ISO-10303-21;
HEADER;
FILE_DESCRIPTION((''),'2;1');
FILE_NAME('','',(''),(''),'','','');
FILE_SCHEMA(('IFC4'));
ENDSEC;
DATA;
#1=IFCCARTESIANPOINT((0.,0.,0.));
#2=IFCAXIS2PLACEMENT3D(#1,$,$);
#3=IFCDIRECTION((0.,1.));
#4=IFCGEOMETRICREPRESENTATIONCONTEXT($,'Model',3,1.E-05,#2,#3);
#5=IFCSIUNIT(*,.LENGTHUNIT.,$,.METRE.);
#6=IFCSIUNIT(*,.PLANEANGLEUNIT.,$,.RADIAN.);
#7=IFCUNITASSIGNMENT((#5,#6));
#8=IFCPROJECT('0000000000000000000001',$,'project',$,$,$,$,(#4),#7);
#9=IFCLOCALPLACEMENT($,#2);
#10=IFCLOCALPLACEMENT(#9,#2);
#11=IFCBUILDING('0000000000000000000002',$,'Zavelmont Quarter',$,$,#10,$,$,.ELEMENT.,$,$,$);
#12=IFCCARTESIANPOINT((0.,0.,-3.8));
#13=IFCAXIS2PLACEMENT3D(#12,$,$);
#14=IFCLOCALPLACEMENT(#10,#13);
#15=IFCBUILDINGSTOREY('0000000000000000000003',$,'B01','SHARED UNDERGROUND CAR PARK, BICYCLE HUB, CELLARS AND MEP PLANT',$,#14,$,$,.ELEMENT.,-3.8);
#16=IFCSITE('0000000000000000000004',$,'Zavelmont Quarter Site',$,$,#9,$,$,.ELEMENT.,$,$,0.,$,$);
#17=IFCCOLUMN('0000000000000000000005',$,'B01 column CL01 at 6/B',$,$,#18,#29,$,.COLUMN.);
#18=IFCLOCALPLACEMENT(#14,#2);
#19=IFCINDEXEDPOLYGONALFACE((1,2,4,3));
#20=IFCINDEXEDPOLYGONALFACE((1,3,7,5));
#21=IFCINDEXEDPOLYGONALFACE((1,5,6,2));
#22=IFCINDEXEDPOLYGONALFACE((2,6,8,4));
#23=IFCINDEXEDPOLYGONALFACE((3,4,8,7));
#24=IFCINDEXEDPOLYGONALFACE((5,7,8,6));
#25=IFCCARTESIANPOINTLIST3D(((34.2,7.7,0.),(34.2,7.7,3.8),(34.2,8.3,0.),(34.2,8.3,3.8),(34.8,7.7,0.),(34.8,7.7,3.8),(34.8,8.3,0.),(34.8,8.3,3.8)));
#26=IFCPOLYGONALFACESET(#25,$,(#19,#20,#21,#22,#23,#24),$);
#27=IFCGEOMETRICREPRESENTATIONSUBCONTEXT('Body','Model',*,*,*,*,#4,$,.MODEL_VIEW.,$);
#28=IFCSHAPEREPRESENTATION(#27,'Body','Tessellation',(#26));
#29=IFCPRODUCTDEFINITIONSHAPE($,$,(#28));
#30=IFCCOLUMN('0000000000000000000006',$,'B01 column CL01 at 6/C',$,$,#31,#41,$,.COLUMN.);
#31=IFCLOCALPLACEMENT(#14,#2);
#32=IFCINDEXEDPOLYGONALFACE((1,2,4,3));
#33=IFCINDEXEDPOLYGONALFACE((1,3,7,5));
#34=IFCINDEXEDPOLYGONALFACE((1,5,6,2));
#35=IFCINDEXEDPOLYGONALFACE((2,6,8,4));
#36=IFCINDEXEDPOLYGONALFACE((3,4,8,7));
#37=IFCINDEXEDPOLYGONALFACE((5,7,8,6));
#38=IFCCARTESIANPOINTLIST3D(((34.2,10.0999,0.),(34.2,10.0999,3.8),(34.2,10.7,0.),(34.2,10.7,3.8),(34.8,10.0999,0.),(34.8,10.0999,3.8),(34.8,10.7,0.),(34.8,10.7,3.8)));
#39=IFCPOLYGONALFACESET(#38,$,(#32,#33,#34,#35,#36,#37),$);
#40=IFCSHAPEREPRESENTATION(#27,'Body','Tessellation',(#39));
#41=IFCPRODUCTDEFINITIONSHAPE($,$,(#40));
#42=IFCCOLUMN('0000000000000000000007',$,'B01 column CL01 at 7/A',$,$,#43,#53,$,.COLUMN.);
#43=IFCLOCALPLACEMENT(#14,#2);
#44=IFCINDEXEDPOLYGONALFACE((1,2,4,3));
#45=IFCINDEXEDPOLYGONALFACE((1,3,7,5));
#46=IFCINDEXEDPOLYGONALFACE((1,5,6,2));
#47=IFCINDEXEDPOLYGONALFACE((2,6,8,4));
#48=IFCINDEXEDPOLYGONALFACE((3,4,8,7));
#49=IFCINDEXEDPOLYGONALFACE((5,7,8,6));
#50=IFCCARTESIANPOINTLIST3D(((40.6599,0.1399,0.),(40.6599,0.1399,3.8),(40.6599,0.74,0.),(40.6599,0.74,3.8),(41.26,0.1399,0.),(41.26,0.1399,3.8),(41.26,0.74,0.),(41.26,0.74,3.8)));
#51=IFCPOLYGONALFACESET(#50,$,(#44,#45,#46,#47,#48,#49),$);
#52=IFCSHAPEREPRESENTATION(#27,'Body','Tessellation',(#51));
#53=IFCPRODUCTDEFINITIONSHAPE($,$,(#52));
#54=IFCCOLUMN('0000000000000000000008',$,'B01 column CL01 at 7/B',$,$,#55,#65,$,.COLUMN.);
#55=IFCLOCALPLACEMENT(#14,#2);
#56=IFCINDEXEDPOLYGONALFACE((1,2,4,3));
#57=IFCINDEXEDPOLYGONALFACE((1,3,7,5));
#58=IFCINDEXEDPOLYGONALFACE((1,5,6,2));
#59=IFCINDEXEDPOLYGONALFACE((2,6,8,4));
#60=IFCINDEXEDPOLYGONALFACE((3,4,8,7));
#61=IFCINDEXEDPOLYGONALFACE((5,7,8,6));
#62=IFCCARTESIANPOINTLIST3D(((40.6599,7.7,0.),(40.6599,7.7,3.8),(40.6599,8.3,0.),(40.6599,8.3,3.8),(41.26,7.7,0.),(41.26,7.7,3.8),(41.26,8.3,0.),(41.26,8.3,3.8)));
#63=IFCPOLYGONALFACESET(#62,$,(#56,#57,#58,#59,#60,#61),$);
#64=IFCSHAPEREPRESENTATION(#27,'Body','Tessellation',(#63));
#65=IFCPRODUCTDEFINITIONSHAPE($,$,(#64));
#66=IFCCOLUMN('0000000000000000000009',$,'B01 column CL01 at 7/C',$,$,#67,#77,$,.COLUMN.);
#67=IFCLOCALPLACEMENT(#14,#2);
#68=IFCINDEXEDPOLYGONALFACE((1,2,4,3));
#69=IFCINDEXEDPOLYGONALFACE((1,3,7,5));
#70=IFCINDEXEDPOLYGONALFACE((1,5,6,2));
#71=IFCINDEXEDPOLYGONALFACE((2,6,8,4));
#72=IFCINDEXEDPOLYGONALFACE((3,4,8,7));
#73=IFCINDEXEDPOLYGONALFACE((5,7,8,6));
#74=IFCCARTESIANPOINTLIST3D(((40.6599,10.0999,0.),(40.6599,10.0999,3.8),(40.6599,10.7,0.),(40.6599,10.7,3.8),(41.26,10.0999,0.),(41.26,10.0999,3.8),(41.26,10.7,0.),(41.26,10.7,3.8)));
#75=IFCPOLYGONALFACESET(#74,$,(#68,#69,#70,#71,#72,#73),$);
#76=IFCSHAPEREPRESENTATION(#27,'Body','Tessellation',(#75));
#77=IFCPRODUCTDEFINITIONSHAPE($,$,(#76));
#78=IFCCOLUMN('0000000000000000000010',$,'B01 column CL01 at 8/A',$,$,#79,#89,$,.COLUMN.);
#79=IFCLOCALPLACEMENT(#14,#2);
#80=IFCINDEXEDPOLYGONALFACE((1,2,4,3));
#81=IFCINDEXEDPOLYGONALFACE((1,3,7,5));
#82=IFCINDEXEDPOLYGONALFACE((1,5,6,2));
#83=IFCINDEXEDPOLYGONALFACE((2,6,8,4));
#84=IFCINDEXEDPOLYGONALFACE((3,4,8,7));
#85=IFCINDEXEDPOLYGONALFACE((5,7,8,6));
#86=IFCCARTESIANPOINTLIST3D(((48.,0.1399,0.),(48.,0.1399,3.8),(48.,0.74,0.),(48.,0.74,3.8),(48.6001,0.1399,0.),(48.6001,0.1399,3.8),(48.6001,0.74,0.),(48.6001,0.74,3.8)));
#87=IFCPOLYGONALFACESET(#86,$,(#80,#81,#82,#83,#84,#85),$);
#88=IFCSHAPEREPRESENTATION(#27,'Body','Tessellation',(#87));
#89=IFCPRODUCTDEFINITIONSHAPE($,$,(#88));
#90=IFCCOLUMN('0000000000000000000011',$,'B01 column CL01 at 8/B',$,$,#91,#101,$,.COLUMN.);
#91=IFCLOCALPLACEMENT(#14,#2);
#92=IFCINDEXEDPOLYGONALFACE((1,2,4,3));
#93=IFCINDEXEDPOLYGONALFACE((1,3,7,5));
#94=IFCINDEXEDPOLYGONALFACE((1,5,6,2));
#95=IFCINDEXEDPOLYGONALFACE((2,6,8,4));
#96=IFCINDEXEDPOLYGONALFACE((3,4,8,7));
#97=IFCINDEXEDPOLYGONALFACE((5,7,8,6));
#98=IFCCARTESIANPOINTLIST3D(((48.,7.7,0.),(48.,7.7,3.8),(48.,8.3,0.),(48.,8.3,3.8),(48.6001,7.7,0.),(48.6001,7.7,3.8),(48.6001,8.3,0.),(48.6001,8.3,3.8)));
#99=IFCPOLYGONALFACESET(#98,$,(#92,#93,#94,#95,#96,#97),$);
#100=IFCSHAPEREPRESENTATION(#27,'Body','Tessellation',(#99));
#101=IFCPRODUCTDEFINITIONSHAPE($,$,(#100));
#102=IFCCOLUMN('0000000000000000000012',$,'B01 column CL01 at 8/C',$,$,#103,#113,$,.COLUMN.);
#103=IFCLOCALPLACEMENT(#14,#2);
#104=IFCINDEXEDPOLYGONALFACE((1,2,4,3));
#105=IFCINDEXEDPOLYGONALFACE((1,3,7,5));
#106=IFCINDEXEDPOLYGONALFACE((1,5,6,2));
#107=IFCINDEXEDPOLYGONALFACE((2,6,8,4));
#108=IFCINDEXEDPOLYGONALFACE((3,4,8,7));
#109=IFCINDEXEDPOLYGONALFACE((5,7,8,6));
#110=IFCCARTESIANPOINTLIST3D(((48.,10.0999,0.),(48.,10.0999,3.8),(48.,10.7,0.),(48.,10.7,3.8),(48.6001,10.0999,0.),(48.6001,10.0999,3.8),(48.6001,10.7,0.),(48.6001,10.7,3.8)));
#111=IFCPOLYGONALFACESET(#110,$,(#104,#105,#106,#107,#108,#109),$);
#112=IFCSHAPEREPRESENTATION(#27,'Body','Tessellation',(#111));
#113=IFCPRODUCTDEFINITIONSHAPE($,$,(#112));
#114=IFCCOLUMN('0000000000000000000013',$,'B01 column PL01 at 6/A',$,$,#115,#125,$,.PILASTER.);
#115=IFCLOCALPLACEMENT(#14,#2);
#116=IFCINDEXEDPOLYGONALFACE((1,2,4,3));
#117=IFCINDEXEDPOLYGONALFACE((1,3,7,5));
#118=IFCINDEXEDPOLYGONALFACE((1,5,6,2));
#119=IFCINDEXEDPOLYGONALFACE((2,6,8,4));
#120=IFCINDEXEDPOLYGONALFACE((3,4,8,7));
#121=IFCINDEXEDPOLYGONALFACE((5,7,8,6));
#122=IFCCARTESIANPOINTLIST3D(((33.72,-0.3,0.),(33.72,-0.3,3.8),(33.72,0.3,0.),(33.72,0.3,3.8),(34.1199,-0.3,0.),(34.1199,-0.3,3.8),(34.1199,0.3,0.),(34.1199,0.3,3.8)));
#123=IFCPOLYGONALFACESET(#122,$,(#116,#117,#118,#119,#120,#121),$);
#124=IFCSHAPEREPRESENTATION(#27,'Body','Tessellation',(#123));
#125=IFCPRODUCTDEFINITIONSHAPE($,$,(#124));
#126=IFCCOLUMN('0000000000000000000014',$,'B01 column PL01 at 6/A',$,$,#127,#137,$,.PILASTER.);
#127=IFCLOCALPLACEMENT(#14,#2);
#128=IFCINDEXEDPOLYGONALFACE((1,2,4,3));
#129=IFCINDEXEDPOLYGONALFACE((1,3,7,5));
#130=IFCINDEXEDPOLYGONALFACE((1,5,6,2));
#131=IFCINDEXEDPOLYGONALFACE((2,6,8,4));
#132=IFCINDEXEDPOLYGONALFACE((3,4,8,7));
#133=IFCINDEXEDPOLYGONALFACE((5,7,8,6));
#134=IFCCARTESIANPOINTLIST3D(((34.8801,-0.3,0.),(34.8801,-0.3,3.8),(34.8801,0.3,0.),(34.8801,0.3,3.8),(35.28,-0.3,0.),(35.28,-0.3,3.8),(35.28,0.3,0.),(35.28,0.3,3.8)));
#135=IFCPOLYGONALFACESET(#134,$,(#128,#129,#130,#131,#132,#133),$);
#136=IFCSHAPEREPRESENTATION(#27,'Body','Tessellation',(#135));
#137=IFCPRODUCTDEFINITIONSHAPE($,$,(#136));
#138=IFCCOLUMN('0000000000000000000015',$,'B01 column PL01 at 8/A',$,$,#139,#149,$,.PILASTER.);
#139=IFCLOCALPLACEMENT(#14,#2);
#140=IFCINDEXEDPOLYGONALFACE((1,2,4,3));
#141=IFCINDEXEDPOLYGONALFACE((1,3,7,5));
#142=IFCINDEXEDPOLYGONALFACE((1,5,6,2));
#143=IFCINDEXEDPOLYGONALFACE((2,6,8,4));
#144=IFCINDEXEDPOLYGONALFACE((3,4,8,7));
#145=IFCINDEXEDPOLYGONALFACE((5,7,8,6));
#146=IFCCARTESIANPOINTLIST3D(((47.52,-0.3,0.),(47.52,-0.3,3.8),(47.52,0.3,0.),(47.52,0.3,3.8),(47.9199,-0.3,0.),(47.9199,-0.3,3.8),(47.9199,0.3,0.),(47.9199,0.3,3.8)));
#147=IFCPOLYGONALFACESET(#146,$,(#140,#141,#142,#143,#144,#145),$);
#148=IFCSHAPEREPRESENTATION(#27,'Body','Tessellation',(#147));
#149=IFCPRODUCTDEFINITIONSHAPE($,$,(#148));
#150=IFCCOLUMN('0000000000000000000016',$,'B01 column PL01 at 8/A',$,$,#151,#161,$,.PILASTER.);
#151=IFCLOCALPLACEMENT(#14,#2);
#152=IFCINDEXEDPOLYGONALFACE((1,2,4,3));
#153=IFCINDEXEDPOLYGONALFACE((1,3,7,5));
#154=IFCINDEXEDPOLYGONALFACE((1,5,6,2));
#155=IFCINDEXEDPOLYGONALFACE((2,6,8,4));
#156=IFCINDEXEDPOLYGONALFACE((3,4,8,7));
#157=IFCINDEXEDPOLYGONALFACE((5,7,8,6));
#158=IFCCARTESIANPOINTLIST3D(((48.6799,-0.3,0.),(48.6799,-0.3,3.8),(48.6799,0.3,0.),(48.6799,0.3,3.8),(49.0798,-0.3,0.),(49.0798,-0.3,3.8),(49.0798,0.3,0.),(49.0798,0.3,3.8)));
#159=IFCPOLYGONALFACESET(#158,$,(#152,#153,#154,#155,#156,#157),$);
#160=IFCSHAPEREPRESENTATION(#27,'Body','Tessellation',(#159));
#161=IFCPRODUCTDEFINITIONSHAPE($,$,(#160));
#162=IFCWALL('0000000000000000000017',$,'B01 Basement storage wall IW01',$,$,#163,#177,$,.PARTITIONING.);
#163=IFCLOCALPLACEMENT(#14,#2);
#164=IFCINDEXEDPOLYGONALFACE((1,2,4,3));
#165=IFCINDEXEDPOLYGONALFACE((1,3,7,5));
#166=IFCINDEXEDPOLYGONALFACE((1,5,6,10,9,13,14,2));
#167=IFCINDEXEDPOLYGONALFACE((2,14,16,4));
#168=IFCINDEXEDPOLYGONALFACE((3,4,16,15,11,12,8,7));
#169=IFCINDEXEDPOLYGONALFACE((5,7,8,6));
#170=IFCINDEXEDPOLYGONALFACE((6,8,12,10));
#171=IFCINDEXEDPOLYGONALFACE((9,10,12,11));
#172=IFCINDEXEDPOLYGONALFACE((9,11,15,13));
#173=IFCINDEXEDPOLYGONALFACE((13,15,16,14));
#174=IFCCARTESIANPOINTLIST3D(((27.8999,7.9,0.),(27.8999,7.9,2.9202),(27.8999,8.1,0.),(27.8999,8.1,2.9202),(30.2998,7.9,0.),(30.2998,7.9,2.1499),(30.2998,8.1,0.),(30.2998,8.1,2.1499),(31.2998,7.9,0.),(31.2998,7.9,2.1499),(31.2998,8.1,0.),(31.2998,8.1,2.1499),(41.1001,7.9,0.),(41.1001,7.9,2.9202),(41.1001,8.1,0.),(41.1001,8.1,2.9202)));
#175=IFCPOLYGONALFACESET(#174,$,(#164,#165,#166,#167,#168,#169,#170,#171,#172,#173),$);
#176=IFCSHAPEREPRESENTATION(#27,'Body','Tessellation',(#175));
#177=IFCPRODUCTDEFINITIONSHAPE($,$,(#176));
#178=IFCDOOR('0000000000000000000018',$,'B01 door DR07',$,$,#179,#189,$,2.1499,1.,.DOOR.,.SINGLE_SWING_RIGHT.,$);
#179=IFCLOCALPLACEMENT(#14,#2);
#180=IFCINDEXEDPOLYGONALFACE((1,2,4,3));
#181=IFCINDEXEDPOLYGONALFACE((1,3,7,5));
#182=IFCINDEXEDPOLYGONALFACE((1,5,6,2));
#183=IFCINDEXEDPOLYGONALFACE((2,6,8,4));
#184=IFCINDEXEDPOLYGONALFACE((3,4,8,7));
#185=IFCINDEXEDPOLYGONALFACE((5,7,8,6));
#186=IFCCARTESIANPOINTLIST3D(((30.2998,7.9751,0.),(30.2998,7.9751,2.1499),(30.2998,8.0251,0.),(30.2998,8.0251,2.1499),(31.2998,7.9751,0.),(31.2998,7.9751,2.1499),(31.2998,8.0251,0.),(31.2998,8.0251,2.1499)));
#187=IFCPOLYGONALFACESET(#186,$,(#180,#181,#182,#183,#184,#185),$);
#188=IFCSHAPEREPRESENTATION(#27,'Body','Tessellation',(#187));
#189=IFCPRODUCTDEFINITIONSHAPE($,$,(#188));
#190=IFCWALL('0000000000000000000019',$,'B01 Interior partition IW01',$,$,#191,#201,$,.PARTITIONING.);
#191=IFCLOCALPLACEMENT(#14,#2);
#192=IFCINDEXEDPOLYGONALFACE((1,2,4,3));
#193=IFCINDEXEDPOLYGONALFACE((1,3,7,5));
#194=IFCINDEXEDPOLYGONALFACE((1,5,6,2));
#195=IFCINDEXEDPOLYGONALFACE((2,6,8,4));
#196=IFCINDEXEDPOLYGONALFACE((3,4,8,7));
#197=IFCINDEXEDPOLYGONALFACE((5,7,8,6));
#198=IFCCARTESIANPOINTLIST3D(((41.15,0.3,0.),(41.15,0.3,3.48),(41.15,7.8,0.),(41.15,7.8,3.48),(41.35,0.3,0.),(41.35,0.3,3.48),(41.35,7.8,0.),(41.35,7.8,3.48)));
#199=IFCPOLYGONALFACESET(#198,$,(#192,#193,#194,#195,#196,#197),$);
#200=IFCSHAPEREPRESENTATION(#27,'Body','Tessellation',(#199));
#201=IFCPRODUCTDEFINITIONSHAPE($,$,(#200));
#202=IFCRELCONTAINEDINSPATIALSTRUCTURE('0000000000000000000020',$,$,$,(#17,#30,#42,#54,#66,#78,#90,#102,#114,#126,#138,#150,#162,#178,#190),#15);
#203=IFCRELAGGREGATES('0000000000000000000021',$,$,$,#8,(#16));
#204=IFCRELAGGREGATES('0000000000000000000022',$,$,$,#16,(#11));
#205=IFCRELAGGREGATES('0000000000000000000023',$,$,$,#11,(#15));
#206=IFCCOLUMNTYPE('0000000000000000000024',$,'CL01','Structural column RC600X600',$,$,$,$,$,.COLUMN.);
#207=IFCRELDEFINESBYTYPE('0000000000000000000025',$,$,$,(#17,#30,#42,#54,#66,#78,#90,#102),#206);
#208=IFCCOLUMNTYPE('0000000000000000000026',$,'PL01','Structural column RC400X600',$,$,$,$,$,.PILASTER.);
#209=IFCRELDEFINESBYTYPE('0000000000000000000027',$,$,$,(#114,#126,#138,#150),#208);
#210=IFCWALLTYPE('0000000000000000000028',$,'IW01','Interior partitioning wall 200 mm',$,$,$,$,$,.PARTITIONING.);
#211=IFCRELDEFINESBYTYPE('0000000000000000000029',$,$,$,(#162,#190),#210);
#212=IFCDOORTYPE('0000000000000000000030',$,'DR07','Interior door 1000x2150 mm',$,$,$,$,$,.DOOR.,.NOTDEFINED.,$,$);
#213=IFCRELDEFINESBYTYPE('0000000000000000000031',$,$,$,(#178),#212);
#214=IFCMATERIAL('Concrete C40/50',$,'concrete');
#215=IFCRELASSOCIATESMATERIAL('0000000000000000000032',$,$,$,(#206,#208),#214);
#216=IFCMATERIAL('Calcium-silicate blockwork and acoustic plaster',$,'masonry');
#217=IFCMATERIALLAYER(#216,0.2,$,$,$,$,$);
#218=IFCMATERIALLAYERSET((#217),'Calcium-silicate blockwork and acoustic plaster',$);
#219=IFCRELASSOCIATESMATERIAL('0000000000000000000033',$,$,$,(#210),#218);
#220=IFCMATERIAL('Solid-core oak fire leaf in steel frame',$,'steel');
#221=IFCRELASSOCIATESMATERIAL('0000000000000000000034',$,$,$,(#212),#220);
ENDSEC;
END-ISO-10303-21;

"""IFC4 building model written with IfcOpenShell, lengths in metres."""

from ifc_helpers import new_model, si_unit, direction, frame, frame_2d, origin, origin_2d, place, context, subcontext, project, spatial, rectangle, extrude, material, layer, layer_set, material_profile, profile_set, type_object, element, fill, save


model = new_model("IFC4")

# Units and contexts
model_context = context("Model", 3, precision=1e-05, world=origin(), true_north=direction((0.0, 1.0)))
body_context = subcontext(model_context, "Body", "Model", "MODEL_VIEW")
ifc_project = project(units=[si_unit("LENGTHUNIT", "METRE"), si_unit("PLANEANGLEUNIT", "RADIAN")], contexts=[model_context])

# Site, building, storey
site_placement = place(None, origin())
site = spatial("IfcSite", under=ifc_project, at=site_placement, Name="Zavelmont Quarter Site", CompositionType="ELEMENT", RefElevation=0.0)
building_placement = place(site_placement, origin())
building = spatial("IfcBuilding", under=site, at=building_placement, Name="Zavelmont Quarter", CompositionType="ELEMENT")
storey_placement = place(building_placement, frame((0.0, 0.0, -3.8)))
storey = spatial("IfcBuildingStorey", under=building, at=storey_placement, Name="B01", Description="SHARED UNDERGROUND CAR PARK, BICYCLE HUB, CELLARS AND MEP PLANT", CompositionType="ELEMENT", Elevation=-3.8)

# Columns
ifc_material_1 = material(Name="Concrete C40/50", Category="concrete")
ifc_material_profile_1 = material_profile(ifc_material_1, rectangle(XDim=0.6001, YDim=0.6001, at=origin_2d()), Name="RC600X600")
ifc_profile_set_1 = profile_set([ifc_material_profile_1], Name="Concrete C40/50")
column_type_1 = type_object("IfcColumnType", Name="CL01", Description="Structural column RC600X600", PredefinedType="COLUMN", material=ifc_profile_set_1)
for number, where, z_axis, x_axis, name in (
    (1, (34.5, 8.0, 0.0), (0.0, 0.0, 1.0), (1.0, 0.0, 0.0), "B01 column CL01 at 6/B"),
    (2, (34.5, 10.3999, 0.0), (0.0, 0.0, 1.0), (1.0, 0.0, 0.0), "B01 column CL01 at 6/C"),
    (3, (40.96, 0.4399, 0.0), (0.0, 0.0, 1.0), (1.0, 0.0, 0.0), "B01 column CL01 at 7/A"),
    (4, (40.96, 8.0, 0.0), (0.0, 0.0, 1.0), (1.0, 0.0, 0.0), "B01 column CL01 at 7/B"),
    (5, (40.96, 10.3999, 0.0), (0.0, 0.0, 1.0), (1.0, 0.0, 0.0), "B01 column CL01 at 7/C"),
    (6, (48.3, 0.4399, 0.0), (0.0, 0.0, 1.0), (1.0, 0.0, 0.0), "B01 column CL01 at 8/A"),
    (7, (48.3, 8.0, 0.0), (0.0, 0.0, 1.0), (1.0, 0.0, 0.0), "B01 column CL01 at 8/B"),
    (8, (48.3, 10.3999, 0.0), (0.0, 0.0, 1.0), (1.0, 0.0, 0.0), "B01 column CL01 at 8/C"),
):
    element("IfcColumn", number, at=place(storey_placement, frame(where, z_axis=z_axis, x_axis=x_axis)), inside=storey, type_object=column_type_1, Name=name, PredefinedType="COLUMN", context=body_context, shape_type="SweptSolid", body=[
        extrude(rectangle(XDim=0.6001, YDim=0.6001, at=origin_2d()), origin(), (0.0, 0.0, 1.0), 3.8),
    ])
ifc_material_profile_2 = material_profile(ifc_material_1, rectangle(XDim=0.3999, YDim=0.6001, at=origin_2d()), Name="RC400X600")
ifc_profile_set_2 = profile_set([ifc_material_profile_2], Name="Concrete C40/50")
column_type_2 = type_object("IfcColumnType", Name="PL01", Description="Structural column RC400X600", PredefinedType="PILASTER", material=ifc_profile_set_2)
for number, where, z_axis, x_axis, name in (
    (9, (33.9199, 0.0, 0.0), (0.0, 0.0, 1.0), (1.0, 0.0, 0.0), "B01 column PL01 at 6/A"),
    (10, (35.0801, 0.0, 0.0), (0.0, 0.0, 1.0), (1.0, 0.0, 0.0), "B01 column PL01 at 6/A"),
    (11, (47.72, 0.0, 0.0), (0.0, 0.0, 1.0), (1.0, 0.0, 0.0), "B01 column PL01 at 8/A"),
    (12, (48.8799, 0.0, 0.0), (0.0, 0.0, 1.0), (1.0, 0.0, 0.0), "B01 column PL01 at 8/A"),
):
    element("IfcColumn", number, at=place(storey_placement, frame(where, z_axis=z_axis, x_axis=x_axis)), inside=storey, type_object=column_type_2, Name=name, PredefinedType="PILASTER", context=body_context, shape_type="SweptSolid", body=[
        extrude(rectangle(XDim=0.3999, YDim=0.6001, at=origin_2d()), origin(), (0.0, 0.0, 1.0), 3.8),
    ])

# Wall, opening, door
ifc_material_2 = material(Name="Calcium-silicate blockwork and acoustic plaster", Category="masonry")
ifc_layer_1 = layer(ifc_material_2, 0.2)
ifc_layer_set_1 = layer_set([ifc_layer_1], Name="Calcium-silicate blockwork and acoustic plaster")
wall_type_1 = type_object("IfcWallType", Name="IW01", Description="Interior partitioning wall 200 mm", PredefinedType="PARTITIONING", material=ifc_layer_set_1)
wall_1_placement = place(storey_placement, frame((27.8999, 8.0, 0.0), z_axis=(0.0, 0.0, 1.0), x_axis=(1.0, 0.0, 0.0)))
wall_1 = element("IfcWall", 13, at=wall_1_placement, inside=storey, type_object=wall_type_1, Name="B01 Basement storage wall IW01", PredefinedType="PARTITIONING", context=body_context, shape_type="SweptSolid", body=[
    extrude(rectangle(XDim=13.2002, YDim=0.2, at=frame_2d((6.6001, 0.0))), origin(), (0.0, 0.0, 1.0), 2.9202),
])
opening_1_placement = place(wall_1_placement, frame((2.3999, 0.0, 0.0)))
opening_1 = element("IfcOpeningElement", 14, at=opening_1_placement, cuts=wall_1, PredefinedType="OPENING", context=body_context, shape_type="SweptSolid", body=[
    extrude(rectangle(XDim=1.0, YDim=2.1499, at=frame_2d((0.5, 1.075))), frame((0.0, 0.1118, 0.0), z_axis=(0.0, -1.0, 0.0), x_axis=(1.0, 0.0, 0.0)), (0.0, 0.0, 1.0), 0.2239),
])
ifc_material_3 = material(Name="Solid-core oak fire leaf in steel frame", Category="steel")
door_type_1 = type_object("IfcDoorType", Name="DR07", Description="Interior door 1000x2150 mm", OperationType="NOTDEFINED", PredefinedType="DOOR", material=ifc_material_3)
door_1_placement = place(opening_1_placement, frame((1.0, 0.0, 0.0), z_axis=(0.0, 0.0, 1.0), x_axis=(-1.0, 0.0, 0.0)))
door_1 = element("IfcDoor", 15, at=door_1_placement, inside=storey, type_object=door_type_1, Name="B01 door DR07", OperationType="SINGLE_SWING_RIGHT", OverallHeight=2.1499, OverallWidth=1.0, PredefinedType="DOOR", context=body_context, shape_type="SweptSolid", body=[
    extrude(rectangle(XDim=1.0, YDim=2.1499, at=frame_2d((0.5, 1.075))), frame((0.0, 0.0249, 0.0), z_axis=(0.0, -1.0, 0.0), x_axis=(1.0, 0.0, 0.0)), (0.0, 0.0, 1.0), 0.05),
])
fill(opening_1, door_1)

# Wall
wall_2_placement = place(storey_placement, frame((41.25, 0.3, 0.0), z_axis=(0.0, 0.0, 1.0), x_axis=(0.0, 1.0, 0.0)))
element("IfcWall", 16, at=wall_2_placement, inside=storey, type_object=wall_type_1, Name="B01 Interior partition IW01", PredefinedType="PARTITIONING", context=body_context, shape_type="SweptSolid", body=[
    extrude(rectangle(XDim=7.5, YDim=0.2, at=frame_2d((3.75, 0.0))), origin(), (0.0, 0.0, 1.0), 3.48),
])

save(model, "model.ifc")
